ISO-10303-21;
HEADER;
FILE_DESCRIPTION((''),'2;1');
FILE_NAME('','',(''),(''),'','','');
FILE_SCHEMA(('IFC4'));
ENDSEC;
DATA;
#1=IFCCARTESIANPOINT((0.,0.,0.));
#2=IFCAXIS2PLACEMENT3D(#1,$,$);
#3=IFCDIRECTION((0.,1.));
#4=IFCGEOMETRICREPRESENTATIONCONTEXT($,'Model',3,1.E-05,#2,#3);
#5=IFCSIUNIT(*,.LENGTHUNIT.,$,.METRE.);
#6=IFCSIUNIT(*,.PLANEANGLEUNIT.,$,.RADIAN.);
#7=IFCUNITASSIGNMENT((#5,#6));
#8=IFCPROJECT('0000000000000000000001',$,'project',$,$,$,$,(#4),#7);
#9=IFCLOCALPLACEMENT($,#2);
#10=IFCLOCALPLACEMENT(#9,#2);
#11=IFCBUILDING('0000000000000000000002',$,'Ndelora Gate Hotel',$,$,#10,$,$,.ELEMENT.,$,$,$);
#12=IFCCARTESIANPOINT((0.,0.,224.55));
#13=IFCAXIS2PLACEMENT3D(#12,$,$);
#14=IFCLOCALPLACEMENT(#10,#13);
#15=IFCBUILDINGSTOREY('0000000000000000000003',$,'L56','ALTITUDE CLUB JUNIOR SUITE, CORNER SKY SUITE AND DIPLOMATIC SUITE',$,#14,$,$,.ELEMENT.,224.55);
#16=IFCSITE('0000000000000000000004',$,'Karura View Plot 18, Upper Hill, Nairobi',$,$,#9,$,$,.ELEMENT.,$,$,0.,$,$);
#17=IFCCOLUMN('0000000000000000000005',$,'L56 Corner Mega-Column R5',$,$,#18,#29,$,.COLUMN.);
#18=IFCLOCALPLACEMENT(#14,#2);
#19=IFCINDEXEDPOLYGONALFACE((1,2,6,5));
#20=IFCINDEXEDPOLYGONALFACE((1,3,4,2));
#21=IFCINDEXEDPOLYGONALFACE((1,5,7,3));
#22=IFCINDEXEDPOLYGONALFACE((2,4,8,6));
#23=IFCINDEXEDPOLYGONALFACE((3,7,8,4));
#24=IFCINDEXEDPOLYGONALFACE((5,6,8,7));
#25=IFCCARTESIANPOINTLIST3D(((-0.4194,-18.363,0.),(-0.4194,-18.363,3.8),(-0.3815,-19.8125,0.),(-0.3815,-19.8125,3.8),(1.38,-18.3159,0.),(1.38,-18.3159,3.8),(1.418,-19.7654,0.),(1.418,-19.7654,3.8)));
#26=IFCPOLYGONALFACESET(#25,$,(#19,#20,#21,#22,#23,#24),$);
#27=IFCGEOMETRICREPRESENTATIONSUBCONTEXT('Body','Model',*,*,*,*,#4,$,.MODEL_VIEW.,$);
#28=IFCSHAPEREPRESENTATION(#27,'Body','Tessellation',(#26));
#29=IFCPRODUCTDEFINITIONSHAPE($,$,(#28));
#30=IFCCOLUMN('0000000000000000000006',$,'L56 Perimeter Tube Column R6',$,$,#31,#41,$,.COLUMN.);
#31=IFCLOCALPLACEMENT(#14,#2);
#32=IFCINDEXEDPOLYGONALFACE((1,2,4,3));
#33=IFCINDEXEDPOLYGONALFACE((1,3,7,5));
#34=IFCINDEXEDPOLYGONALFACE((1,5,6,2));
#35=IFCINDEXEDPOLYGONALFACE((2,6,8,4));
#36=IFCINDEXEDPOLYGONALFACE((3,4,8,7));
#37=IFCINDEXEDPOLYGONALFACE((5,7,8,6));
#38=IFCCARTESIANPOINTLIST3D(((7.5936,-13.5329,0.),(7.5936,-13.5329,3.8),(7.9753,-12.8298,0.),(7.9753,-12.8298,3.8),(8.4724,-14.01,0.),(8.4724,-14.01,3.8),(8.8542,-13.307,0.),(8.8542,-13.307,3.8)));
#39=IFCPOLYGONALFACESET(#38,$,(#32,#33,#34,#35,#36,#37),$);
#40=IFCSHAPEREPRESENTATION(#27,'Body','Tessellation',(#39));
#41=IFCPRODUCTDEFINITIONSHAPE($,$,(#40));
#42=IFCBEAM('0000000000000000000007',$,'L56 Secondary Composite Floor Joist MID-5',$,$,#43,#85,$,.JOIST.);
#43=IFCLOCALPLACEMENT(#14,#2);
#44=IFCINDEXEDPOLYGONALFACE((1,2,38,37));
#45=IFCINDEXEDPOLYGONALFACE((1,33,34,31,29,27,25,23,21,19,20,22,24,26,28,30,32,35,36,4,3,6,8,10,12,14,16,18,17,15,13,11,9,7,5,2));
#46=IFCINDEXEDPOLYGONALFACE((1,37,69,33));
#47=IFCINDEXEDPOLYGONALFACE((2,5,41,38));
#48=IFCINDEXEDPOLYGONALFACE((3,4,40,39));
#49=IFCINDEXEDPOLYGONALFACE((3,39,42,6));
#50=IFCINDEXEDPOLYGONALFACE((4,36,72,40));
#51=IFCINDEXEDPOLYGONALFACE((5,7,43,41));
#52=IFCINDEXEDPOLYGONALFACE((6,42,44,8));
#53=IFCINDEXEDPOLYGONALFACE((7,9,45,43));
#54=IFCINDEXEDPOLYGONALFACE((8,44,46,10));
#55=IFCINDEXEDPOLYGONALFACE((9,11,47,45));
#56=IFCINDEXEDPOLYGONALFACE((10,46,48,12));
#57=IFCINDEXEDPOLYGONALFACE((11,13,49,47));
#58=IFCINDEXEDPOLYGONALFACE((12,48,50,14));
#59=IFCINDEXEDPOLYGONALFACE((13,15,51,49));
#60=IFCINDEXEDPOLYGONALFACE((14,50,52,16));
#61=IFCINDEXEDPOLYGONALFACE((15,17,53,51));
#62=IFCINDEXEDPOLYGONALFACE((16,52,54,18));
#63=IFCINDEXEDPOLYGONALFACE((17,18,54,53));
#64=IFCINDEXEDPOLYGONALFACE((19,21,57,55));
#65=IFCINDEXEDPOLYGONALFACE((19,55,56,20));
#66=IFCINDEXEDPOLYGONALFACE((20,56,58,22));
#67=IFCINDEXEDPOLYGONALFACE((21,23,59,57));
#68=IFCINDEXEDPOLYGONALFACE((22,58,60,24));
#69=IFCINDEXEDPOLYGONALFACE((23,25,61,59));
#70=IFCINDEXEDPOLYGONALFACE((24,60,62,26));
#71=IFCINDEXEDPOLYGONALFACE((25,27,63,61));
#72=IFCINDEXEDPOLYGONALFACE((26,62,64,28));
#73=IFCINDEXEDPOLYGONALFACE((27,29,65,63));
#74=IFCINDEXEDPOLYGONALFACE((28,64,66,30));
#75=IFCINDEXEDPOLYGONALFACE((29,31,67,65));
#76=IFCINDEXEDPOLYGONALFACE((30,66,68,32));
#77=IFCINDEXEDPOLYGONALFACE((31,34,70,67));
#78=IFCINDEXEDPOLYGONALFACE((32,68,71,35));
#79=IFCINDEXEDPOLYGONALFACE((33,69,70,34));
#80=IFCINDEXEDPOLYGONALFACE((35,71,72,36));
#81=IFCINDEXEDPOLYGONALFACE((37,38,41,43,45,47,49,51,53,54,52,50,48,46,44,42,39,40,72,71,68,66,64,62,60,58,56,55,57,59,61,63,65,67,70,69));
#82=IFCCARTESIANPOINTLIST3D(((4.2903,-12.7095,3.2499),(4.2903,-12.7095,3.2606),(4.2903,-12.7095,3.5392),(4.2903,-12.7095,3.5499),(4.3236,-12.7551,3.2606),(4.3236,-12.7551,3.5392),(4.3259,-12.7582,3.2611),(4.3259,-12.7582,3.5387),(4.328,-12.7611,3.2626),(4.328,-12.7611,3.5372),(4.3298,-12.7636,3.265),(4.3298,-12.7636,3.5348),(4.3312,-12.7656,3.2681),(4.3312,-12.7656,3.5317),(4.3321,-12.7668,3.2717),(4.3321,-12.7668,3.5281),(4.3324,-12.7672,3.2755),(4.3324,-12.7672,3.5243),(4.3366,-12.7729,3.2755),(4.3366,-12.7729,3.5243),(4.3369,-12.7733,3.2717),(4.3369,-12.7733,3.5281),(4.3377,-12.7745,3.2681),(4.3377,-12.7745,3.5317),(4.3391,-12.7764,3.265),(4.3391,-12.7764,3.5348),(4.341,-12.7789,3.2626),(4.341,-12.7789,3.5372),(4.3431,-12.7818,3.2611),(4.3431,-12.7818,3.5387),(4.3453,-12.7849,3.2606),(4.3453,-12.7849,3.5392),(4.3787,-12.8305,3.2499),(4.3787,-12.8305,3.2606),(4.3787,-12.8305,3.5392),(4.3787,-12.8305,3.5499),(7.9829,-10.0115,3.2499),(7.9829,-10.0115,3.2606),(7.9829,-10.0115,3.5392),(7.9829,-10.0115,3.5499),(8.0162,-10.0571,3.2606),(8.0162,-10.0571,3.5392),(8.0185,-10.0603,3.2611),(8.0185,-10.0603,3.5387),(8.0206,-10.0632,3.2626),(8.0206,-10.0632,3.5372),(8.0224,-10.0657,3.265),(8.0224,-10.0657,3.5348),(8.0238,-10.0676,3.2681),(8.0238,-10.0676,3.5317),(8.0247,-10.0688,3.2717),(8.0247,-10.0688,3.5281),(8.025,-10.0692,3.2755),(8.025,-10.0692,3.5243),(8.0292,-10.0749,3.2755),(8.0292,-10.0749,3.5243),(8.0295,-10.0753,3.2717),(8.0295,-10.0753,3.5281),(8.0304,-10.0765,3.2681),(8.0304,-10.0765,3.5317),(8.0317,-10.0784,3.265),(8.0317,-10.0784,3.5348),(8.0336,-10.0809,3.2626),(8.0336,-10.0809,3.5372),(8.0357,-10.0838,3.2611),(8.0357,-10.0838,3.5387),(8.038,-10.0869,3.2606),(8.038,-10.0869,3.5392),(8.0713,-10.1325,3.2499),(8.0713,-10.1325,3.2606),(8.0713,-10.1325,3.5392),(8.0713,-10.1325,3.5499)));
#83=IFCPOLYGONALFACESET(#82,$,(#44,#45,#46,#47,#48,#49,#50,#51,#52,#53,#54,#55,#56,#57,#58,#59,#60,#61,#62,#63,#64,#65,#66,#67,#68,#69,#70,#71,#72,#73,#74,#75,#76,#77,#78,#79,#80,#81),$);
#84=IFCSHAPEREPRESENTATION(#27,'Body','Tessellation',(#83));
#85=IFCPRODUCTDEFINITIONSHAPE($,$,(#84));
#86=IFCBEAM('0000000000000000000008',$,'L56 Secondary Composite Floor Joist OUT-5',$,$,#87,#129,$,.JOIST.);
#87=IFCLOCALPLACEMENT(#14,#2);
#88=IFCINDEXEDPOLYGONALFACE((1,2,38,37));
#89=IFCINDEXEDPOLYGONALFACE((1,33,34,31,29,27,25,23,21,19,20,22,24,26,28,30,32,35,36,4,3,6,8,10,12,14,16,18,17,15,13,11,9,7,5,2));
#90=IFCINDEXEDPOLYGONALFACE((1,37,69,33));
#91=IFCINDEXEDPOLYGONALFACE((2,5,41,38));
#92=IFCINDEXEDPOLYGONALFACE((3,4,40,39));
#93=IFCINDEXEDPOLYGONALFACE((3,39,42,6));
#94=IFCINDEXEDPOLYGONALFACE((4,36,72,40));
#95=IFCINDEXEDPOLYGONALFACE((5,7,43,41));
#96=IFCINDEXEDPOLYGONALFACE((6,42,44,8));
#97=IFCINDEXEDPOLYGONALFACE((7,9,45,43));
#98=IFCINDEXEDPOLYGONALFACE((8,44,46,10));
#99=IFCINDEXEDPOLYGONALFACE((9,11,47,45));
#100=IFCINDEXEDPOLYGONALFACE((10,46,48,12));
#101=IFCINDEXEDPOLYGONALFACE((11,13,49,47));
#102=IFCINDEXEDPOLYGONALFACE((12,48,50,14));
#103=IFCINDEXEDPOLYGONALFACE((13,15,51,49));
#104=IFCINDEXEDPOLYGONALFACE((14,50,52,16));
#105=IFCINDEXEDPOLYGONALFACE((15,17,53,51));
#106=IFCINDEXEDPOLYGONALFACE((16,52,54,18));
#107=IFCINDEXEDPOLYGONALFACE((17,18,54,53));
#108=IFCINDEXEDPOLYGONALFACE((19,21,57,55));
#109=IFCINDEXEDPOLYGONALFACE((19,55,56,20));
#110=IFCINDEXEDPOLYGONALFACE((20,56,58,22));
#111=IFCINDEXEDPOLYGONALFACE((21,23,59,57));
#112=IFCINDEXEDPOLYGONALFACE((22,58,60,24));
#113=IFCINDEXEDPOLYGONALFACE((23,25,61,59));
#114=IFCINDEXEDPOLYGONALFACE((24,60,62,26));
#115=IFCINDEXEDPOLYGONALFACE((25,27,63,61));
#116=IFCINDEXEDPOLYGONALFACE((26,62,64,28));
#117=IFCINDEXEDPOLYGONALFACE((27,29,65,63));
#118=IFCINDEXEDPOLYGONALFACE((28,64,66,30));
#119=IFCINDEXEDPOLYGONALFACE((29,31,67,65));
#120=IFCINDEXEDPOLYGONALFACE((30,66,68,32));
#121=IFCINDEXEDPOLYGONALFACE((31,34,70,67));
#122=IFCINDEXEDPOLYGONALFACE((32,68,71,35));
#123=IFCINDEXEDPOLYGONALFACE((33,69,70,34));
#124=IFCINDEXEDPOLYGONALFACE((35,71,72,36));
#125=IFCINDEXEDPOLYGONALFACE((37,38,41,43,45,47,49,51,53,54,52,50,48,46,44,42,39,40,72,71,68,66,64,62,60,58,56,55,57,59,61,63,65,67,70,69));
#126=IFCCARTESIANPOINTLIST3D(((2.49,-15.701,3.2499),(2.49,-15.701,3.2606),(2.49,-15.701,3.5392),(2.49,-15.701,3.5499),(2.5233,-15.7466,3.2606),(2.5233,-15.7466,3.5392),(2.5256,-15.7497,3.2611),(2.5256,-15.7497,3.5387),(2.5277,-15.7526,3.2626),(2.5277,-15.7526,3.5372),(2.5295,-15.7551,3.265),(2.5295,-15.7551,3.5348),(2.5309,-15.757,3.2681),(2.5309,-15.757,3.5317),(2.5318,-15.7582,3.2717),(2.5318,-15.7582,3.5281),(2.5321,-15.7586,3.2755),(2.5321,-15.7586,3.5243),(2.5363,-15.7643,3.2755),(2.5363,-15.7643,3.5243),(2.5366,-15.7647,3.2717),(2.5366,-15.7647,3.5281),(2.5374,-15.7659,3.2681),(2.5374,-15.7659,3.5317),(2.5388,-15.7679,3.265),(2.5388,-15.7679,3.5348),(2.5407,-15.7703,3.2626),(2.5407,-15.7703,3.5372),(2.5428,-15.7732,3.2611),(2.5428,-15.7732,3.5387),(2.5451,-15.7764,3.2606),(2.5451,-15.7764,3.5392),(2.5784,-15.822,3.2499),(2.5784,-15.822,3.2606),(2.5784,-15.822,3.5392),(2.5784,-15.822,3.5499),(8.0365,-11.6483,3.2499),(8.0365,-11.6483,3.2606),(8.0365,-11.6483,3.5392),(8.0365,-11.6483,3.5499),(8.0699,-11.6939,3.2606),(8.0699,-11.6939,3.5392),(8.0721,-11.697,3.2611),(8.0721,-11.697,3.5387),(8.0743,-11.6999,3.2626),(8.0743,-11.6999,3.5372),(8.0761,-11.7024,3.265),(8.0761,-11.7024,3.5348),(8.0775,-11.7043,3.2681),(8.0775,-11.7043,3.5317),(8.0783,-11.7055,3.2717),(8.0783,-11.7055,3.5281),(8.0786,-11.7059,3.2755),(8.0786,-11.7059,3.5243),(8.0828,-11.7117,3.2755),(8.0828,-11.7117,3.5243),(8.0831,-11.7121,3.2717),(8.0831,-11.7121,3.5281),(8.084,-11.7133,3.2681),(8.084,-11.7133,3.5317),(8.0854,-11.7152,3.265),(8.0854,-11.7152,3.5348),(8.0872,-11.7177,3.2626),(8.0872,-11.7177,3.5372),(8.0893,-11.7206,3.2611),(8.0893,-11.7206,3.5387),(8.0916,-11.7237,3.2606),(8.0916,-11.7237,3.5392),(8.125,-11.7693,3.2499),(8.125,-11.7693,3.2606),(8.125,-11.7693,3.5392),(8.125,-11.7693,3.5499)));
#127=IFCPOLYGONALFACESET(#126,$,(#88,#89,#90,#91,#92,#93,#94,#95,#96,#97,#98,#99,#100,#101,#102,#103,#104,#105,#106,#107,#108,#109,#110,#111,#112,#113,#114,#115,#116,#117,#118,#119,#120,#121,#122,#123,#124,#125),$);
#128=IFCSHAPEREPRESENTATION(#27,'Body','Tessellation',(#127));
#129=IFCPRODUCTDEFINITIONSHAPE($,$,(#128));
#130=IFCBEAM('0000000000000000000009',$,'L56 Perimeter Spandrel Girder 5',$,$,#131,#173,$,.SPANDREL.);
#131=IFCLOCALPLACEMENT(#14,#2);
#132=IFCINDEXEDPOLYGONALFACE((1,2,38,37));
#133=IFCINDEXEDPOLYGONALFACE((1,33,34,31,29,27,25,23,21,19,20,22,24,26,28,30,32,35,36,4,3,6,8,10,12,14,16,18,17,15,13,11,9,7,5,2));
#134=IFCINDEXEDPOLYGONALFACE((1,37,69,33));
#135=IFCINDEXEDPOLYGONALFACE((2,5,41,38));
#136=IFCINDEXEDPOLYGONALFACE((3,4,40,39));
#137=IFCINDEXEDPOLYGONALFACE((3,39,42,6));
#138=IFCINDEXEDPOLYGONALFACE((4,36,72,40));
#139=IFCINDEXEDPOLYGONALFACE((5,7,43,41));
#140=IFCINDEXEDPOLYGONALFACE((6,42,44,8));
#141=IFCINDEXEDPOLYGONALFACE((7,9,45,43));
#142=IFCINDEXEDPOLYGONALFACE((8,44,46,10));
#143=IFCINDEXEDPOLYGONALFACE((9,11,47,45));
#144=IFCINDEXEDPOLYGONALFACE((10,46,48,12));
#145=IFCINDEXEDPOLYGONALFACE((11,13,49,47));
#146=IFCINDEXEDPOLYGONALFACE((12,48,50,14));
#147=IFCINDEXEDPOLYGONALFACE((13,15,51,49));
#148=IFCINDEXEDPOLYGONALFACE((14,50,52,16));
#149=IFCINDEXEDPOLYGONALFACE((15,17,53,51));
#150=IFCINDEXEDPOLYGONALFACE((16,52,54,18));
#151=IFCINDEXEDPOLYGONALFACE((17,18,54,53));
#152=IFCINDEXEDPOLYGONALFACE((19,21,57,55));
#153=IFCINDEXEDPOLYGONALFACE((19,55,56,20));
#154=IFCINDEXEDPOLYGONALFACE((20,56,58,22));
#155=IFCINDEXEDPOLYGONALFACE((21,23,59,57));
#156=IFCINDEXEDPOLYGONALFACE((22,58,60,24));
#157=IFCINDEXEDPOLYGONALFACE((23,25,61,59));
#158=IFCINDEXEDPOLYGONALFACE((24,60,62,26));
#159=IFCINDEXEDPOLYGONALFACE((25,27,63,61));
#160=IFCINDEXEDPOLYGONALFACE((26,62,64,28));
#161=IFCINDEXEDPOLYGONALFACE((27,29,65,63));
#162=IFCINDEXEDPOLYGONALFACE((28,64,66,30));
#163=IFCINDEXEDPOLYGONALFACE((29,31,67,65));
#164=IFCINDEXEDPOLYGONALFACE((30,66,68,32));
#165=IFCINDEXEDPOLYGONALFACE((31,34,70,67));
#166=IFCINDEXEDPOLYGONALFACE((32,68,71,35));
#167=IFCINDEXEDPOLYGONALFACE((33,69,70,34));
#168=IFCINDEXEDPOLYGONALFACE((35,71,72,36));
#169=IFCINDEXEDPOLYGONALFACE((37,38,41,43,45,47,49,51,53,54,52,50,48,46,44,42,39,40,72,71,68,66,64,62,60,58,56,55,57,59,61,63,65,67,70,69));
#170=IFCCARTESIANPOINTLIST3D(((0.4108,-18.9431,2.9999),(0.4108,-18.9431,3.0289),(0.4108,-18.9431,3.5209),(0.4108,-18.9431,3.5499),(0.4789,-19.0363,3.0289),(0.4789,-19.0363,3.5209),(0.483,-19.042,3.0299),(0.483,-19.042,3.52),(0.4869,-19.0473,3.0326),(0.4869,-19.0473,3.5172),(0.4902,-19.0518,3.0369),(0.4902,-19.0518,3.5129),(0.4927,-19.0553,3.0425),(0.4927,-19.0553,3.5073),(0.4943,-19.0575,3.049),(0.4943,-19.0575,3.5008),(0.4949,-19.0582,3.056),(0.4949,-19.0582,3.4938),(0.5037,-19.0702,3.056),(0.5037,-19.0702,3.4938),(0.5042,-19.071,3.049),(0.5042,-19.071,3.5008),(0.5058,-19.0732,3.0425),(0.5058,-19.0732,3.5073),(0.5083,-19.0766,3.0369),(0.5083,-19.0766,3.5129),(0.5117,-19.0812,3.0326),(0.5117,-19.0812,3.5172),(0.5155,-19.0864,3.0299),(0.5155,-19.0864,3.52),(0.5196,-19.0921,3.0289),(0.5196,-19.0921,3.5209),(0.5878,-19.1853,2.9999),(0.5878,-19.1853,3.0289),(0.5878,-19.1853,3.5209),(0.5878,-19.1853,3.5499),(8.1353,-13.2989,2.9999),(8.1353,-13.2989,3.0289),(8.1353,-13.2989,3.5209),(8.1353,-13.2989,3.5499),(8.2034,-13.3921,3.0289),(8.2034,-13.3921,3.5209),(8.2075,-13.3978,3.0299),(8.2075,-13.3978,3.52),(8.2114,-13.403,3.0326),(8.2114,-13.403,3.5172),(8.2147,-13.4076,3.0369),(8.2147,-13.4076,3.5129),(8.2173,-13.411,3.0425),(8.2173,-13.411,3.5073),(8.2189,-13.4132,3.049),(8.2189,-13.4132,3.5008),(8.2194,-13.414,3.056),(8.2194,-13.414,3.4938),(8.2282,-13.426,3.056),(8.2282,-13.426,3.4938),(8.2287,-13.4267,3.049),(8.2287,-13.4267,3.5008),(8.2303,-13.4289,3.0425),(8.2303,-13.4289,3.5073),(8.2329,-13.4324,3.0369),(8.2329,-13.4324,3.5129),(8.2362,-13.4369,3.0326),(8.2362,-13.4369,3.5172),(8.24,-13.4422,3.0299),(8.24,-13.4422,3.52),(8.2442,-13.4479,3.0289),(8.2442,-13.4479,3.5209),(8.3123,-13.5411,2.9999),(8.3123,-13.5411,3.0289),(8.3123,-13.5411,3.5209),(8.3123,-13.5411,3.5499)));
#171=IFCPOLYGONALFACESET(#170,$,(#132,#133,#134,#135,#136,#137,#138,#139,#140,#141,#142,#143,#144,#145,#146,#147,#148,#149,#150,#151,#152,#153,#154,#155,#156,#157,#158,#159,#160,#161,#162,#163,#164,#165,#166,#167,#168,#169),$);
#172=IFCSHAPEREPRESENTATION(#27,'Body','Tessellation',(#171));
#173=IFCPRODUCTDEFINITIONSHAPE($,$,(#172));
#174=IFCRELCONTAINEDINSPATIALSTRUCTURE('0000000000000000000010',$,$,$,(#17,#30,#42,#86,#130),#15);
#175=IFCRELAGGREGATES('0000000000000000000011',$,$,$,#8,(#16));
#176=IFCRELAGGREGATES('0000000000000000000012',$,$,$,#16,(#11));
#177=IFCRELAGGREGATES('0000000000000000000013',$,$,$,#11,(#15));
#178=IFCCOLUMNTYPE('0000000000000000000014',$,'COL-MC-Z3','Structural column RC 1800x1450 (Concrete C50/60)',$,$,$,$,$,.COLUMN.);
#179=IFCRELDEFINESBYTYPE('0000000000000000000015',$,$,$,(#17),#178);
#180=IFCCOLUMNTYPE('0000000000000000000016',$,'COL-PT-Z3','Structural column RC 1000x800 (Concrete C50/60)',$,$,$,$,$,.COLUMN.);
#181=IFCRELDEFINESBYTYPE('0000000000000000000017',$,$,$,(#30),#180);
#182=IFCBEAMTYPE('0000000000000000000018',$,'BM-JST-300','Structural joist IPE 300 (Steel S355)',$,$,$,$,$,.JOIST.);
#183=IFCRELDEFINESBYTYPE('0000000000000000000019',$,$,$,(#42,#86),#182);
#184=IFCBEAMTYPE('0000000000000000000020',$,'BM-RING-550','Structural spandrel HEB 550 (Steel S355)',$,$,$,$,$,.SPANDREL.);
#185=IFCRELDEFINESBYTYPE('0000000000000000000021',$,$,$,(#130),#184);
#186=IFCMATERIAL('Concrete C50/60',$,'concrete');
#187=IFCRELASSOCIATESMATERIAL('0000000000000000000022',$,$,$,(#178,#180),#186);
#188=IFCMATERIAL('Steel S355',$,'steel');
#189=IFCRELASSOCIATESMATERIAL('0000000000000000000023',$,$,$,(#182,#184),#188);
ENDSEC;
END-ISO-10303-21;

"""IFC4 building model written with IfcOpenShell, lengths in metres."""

from ifc_helpers import new_model, si_unit, direction, frame, origin, origin_2d, place, context, subcontext, project, spatial, rectangle, i_section, extrude, material, material_profile, profile_set, type_object, element, save


model = new_model("IFC4")

# Units and contexts
model_context = context("Model", 3, precision=1e-05, world=origin(), true_north=direction((0.0, 1.0)))
body_context = subcontext(model_context, "Body", "Model", "MODEL_VIEW")
ifc_project = project(units=[si_unit("LENGTHUNIT", "METRE"), si_unit("PLANEANGLEUNIT", "RADIAN")], contexts=[model_context])

# Site, building, storey
site_placement = place(None, origin())
site = spatial("IfcSite", under=ifc_project, at=site_placement, Name="Karura View Plot 18, Upper Hill, Nairobi", CompositionType="ELEMENT", RefElevation=0.0)
building_placement = place(site_placement, origin())
building = spatial("IfcBuilding", under=site, at=building_placement, Name="Ndelora Gate Hotel", CompositionType="ELEMENT")
storey_placement = place(building_placement, frame((0.0, 0.0, 224.55)))
storey = spatial("IfcBuildingStorey", under=building, at=storey_placement, Name="L56", Description="ALTITUDE CLUB JUNIOR SUITE, CORNER SKY SUITE AND DIPLOMATIC SUITE", CompositionType="ELEMENT", Elevation=224.55)

# Columns
ifc_material_1 = material(Name="Concrete C50/60", Category="concrete")
ifc_material_profile_1 = material_profile(ifc_material_1, rectangle(XDim=1.45, YDim=1.8, at=origin_2d()), Name="RC 1800x1450")
ifc_profile_set_1 = profile_set([ifc_material_profile_1], Name="Concrete C50/60")
column_type_1 = type_object("IfcColumnType", Name="COL-MC-Z3", Description="Structural column RC 1800x1450 (Concrete C50/60)", PredefinedType="COLUMN", material=ifc_profile_set_1)
column_1_placement = place(storey_placement, frame((0.4993, -19.0642, 0.0), z_axis=(0.0, 0.0, 1.0), x_axis=(-0.026177, 0.999657, 0.0)))
element("IfcColumn", 1, at=column_1_placement, inside=storey, type_object=column_type_1, Name="L56 Corner Mega-Column R5", PredefinedType="COLUMN", context=body_context, shape_type="SweptSolid", body=[
    extrude(rectangle(XDim=1.45, YDim=1.8, at=origin_2d()), origin(), (0.0, 0.0, 1.0), 3.8),
])
ifc_material_profile_2 = material_profile(ifc_material_1, rectangle(XDim=0.8, YDim=1.0, at=origin_2d()), Name="RC 1000x800")
ifc_profile_set_2 = profile_set([ifc_material_profile_2], Name="Concrete C50/60")
column_type_2 = type_object("IfcColumnType", Name="COL-PT-Z3", Description="Structural column RC 1000x800 (Concrete C50/60)", PredefinedType="COLUMN", material=ifc_profile_set_2)
column_2_placement = place(storey_placement, frame((8.2239, -13.4199, 0.0), z_axis=(0.0, 0.0, 1.0), x_axis=(0.477159, 0.878817, 0.0)))
element("IfcColumn", 2, at=column_2_placement, inside=storey, type_object=column_type_2, Name="L56 Perimeter Tube Column R6", PredefinedType="COLUMN", context=body_context, shape_type="SweptSolid", body=[
    extrude(rectangle(XDim=0.8, YDim=1.0, at=origin_2d()), origin(), (0.0, 0.0, 1.0), 3.8),
])

# Beams
ifc_material_2 = material(Name="Steel S355", Category="steel")
ifc_material_profile_3 = material_profile(ifc_material_2, i_section(OverallWidth=0.1499, OverallDepth=0.3, WebThickness=0.0071, FlangeThickness=0.0107, FilletRadius=0.0149, at=origin_2d()), Name="IPE 300")
ifc_profile_set_3 = profile_set([ifc_material_profile_3], Name="Steel S355")
beam_type_1 = type_object("IfcBeamType", Name="BM-JST-300", Description="Structural joist IPE 300 (Steel S355)", PredefinedType="JOIST", material=ifc_profile_set_3)
beam_1_placement = place(storey_placement, frame((4.3345, -12.77, 3.3999), z_axis=(0.807439, 0.589951, 0.0), x_axis=(-0.589951, 0.807439, 0.0)))
element("IfcBeam", 3, at=beam_1_placement, inside=storey, type_object=beam_type_1, Name="L56 Secondary Composite Floor Joist MID-5", PredefinedType="JOIST", context=body_context, shape_type="SweptSolid", body=[
    extrude(i_section(OverallWidth=0.1499, OverallDepth=0.3, WebThickness=0.0071, FlangeThickness=0.0107, FilletRadius=0.0149, at=origin_2d()), origin(), (0.0, 0.0, 1.0), 4.5732),
])
beam_2_placement = place(storey_placement, frame((2.5342, -15.7615, 3.3999), z_axis=(0.807431, 0.589962, 0.0), x_axis=(-0.589962, 0.807431, 0.0)))
element("IfcBeam", 4, at=beam_2_placement, inside=storey, type_object=beam_type_1, Name="L56 Secondary Composite Floor Joist OUT-5", PredefinedType="JOIST", context=body_context, shape_type="SweptSolid", body=[
    extrude(i_section(OverallWidth=0.1499, OverallDepth=0.3, WebThickness=0.0071, FlangeThickness=0.0107, FilletRadius=0.0149, at=origin_2d()), origin(), (0.0, 0.0, 1.0), 6.8694),
])
ifc_material_profile_4 = material_profile(ifc_material_2, i_section(OverallWidth=0.3, OverallDepth=0.55, WebThickness=0.0149, FlangeThickness=0.0291, FilletRadius=0.0271, at=origin_2d()), Name="HEB 550")
ifc_profile_set_4 = profile_set([ifc_material_profile_4], Name="Steel S355")
beam_type_2 = type_object("IfcBeamType", Name="BM-RING-550", Description="Structural spandrel HEB 550 (Steel S355)", PredefinedType="SPANDREL", material=ifc_profile_set_4)
beam_3_placement = place(storey_placement, frame((0.4993, -19.0642, 3.2749), z_axis=(0.807422, 0.589974, 0.0), x_axis=(-0.589974, 0.807422, 0.0)))
element("IfcBeam", 5, at=beam_3_placement, inside=storey, type_object=beam_type_2, Name="L56 Perimeter Spandrel Girder 5", PredefinedType="SPANDREL", context=body_context, shape_type="SweptSolid", body=[
    extrude(i_section(OverallWidth=0.3, OverallDepth=0.55, WebThickness=0.0149, FlangeThickness=0.0291, FilletRadius=0.0271, at=origin_2d()), origin(), (0.0, 0.0, 1.0), 9.5669),
])

save(model, "model.ifc")
